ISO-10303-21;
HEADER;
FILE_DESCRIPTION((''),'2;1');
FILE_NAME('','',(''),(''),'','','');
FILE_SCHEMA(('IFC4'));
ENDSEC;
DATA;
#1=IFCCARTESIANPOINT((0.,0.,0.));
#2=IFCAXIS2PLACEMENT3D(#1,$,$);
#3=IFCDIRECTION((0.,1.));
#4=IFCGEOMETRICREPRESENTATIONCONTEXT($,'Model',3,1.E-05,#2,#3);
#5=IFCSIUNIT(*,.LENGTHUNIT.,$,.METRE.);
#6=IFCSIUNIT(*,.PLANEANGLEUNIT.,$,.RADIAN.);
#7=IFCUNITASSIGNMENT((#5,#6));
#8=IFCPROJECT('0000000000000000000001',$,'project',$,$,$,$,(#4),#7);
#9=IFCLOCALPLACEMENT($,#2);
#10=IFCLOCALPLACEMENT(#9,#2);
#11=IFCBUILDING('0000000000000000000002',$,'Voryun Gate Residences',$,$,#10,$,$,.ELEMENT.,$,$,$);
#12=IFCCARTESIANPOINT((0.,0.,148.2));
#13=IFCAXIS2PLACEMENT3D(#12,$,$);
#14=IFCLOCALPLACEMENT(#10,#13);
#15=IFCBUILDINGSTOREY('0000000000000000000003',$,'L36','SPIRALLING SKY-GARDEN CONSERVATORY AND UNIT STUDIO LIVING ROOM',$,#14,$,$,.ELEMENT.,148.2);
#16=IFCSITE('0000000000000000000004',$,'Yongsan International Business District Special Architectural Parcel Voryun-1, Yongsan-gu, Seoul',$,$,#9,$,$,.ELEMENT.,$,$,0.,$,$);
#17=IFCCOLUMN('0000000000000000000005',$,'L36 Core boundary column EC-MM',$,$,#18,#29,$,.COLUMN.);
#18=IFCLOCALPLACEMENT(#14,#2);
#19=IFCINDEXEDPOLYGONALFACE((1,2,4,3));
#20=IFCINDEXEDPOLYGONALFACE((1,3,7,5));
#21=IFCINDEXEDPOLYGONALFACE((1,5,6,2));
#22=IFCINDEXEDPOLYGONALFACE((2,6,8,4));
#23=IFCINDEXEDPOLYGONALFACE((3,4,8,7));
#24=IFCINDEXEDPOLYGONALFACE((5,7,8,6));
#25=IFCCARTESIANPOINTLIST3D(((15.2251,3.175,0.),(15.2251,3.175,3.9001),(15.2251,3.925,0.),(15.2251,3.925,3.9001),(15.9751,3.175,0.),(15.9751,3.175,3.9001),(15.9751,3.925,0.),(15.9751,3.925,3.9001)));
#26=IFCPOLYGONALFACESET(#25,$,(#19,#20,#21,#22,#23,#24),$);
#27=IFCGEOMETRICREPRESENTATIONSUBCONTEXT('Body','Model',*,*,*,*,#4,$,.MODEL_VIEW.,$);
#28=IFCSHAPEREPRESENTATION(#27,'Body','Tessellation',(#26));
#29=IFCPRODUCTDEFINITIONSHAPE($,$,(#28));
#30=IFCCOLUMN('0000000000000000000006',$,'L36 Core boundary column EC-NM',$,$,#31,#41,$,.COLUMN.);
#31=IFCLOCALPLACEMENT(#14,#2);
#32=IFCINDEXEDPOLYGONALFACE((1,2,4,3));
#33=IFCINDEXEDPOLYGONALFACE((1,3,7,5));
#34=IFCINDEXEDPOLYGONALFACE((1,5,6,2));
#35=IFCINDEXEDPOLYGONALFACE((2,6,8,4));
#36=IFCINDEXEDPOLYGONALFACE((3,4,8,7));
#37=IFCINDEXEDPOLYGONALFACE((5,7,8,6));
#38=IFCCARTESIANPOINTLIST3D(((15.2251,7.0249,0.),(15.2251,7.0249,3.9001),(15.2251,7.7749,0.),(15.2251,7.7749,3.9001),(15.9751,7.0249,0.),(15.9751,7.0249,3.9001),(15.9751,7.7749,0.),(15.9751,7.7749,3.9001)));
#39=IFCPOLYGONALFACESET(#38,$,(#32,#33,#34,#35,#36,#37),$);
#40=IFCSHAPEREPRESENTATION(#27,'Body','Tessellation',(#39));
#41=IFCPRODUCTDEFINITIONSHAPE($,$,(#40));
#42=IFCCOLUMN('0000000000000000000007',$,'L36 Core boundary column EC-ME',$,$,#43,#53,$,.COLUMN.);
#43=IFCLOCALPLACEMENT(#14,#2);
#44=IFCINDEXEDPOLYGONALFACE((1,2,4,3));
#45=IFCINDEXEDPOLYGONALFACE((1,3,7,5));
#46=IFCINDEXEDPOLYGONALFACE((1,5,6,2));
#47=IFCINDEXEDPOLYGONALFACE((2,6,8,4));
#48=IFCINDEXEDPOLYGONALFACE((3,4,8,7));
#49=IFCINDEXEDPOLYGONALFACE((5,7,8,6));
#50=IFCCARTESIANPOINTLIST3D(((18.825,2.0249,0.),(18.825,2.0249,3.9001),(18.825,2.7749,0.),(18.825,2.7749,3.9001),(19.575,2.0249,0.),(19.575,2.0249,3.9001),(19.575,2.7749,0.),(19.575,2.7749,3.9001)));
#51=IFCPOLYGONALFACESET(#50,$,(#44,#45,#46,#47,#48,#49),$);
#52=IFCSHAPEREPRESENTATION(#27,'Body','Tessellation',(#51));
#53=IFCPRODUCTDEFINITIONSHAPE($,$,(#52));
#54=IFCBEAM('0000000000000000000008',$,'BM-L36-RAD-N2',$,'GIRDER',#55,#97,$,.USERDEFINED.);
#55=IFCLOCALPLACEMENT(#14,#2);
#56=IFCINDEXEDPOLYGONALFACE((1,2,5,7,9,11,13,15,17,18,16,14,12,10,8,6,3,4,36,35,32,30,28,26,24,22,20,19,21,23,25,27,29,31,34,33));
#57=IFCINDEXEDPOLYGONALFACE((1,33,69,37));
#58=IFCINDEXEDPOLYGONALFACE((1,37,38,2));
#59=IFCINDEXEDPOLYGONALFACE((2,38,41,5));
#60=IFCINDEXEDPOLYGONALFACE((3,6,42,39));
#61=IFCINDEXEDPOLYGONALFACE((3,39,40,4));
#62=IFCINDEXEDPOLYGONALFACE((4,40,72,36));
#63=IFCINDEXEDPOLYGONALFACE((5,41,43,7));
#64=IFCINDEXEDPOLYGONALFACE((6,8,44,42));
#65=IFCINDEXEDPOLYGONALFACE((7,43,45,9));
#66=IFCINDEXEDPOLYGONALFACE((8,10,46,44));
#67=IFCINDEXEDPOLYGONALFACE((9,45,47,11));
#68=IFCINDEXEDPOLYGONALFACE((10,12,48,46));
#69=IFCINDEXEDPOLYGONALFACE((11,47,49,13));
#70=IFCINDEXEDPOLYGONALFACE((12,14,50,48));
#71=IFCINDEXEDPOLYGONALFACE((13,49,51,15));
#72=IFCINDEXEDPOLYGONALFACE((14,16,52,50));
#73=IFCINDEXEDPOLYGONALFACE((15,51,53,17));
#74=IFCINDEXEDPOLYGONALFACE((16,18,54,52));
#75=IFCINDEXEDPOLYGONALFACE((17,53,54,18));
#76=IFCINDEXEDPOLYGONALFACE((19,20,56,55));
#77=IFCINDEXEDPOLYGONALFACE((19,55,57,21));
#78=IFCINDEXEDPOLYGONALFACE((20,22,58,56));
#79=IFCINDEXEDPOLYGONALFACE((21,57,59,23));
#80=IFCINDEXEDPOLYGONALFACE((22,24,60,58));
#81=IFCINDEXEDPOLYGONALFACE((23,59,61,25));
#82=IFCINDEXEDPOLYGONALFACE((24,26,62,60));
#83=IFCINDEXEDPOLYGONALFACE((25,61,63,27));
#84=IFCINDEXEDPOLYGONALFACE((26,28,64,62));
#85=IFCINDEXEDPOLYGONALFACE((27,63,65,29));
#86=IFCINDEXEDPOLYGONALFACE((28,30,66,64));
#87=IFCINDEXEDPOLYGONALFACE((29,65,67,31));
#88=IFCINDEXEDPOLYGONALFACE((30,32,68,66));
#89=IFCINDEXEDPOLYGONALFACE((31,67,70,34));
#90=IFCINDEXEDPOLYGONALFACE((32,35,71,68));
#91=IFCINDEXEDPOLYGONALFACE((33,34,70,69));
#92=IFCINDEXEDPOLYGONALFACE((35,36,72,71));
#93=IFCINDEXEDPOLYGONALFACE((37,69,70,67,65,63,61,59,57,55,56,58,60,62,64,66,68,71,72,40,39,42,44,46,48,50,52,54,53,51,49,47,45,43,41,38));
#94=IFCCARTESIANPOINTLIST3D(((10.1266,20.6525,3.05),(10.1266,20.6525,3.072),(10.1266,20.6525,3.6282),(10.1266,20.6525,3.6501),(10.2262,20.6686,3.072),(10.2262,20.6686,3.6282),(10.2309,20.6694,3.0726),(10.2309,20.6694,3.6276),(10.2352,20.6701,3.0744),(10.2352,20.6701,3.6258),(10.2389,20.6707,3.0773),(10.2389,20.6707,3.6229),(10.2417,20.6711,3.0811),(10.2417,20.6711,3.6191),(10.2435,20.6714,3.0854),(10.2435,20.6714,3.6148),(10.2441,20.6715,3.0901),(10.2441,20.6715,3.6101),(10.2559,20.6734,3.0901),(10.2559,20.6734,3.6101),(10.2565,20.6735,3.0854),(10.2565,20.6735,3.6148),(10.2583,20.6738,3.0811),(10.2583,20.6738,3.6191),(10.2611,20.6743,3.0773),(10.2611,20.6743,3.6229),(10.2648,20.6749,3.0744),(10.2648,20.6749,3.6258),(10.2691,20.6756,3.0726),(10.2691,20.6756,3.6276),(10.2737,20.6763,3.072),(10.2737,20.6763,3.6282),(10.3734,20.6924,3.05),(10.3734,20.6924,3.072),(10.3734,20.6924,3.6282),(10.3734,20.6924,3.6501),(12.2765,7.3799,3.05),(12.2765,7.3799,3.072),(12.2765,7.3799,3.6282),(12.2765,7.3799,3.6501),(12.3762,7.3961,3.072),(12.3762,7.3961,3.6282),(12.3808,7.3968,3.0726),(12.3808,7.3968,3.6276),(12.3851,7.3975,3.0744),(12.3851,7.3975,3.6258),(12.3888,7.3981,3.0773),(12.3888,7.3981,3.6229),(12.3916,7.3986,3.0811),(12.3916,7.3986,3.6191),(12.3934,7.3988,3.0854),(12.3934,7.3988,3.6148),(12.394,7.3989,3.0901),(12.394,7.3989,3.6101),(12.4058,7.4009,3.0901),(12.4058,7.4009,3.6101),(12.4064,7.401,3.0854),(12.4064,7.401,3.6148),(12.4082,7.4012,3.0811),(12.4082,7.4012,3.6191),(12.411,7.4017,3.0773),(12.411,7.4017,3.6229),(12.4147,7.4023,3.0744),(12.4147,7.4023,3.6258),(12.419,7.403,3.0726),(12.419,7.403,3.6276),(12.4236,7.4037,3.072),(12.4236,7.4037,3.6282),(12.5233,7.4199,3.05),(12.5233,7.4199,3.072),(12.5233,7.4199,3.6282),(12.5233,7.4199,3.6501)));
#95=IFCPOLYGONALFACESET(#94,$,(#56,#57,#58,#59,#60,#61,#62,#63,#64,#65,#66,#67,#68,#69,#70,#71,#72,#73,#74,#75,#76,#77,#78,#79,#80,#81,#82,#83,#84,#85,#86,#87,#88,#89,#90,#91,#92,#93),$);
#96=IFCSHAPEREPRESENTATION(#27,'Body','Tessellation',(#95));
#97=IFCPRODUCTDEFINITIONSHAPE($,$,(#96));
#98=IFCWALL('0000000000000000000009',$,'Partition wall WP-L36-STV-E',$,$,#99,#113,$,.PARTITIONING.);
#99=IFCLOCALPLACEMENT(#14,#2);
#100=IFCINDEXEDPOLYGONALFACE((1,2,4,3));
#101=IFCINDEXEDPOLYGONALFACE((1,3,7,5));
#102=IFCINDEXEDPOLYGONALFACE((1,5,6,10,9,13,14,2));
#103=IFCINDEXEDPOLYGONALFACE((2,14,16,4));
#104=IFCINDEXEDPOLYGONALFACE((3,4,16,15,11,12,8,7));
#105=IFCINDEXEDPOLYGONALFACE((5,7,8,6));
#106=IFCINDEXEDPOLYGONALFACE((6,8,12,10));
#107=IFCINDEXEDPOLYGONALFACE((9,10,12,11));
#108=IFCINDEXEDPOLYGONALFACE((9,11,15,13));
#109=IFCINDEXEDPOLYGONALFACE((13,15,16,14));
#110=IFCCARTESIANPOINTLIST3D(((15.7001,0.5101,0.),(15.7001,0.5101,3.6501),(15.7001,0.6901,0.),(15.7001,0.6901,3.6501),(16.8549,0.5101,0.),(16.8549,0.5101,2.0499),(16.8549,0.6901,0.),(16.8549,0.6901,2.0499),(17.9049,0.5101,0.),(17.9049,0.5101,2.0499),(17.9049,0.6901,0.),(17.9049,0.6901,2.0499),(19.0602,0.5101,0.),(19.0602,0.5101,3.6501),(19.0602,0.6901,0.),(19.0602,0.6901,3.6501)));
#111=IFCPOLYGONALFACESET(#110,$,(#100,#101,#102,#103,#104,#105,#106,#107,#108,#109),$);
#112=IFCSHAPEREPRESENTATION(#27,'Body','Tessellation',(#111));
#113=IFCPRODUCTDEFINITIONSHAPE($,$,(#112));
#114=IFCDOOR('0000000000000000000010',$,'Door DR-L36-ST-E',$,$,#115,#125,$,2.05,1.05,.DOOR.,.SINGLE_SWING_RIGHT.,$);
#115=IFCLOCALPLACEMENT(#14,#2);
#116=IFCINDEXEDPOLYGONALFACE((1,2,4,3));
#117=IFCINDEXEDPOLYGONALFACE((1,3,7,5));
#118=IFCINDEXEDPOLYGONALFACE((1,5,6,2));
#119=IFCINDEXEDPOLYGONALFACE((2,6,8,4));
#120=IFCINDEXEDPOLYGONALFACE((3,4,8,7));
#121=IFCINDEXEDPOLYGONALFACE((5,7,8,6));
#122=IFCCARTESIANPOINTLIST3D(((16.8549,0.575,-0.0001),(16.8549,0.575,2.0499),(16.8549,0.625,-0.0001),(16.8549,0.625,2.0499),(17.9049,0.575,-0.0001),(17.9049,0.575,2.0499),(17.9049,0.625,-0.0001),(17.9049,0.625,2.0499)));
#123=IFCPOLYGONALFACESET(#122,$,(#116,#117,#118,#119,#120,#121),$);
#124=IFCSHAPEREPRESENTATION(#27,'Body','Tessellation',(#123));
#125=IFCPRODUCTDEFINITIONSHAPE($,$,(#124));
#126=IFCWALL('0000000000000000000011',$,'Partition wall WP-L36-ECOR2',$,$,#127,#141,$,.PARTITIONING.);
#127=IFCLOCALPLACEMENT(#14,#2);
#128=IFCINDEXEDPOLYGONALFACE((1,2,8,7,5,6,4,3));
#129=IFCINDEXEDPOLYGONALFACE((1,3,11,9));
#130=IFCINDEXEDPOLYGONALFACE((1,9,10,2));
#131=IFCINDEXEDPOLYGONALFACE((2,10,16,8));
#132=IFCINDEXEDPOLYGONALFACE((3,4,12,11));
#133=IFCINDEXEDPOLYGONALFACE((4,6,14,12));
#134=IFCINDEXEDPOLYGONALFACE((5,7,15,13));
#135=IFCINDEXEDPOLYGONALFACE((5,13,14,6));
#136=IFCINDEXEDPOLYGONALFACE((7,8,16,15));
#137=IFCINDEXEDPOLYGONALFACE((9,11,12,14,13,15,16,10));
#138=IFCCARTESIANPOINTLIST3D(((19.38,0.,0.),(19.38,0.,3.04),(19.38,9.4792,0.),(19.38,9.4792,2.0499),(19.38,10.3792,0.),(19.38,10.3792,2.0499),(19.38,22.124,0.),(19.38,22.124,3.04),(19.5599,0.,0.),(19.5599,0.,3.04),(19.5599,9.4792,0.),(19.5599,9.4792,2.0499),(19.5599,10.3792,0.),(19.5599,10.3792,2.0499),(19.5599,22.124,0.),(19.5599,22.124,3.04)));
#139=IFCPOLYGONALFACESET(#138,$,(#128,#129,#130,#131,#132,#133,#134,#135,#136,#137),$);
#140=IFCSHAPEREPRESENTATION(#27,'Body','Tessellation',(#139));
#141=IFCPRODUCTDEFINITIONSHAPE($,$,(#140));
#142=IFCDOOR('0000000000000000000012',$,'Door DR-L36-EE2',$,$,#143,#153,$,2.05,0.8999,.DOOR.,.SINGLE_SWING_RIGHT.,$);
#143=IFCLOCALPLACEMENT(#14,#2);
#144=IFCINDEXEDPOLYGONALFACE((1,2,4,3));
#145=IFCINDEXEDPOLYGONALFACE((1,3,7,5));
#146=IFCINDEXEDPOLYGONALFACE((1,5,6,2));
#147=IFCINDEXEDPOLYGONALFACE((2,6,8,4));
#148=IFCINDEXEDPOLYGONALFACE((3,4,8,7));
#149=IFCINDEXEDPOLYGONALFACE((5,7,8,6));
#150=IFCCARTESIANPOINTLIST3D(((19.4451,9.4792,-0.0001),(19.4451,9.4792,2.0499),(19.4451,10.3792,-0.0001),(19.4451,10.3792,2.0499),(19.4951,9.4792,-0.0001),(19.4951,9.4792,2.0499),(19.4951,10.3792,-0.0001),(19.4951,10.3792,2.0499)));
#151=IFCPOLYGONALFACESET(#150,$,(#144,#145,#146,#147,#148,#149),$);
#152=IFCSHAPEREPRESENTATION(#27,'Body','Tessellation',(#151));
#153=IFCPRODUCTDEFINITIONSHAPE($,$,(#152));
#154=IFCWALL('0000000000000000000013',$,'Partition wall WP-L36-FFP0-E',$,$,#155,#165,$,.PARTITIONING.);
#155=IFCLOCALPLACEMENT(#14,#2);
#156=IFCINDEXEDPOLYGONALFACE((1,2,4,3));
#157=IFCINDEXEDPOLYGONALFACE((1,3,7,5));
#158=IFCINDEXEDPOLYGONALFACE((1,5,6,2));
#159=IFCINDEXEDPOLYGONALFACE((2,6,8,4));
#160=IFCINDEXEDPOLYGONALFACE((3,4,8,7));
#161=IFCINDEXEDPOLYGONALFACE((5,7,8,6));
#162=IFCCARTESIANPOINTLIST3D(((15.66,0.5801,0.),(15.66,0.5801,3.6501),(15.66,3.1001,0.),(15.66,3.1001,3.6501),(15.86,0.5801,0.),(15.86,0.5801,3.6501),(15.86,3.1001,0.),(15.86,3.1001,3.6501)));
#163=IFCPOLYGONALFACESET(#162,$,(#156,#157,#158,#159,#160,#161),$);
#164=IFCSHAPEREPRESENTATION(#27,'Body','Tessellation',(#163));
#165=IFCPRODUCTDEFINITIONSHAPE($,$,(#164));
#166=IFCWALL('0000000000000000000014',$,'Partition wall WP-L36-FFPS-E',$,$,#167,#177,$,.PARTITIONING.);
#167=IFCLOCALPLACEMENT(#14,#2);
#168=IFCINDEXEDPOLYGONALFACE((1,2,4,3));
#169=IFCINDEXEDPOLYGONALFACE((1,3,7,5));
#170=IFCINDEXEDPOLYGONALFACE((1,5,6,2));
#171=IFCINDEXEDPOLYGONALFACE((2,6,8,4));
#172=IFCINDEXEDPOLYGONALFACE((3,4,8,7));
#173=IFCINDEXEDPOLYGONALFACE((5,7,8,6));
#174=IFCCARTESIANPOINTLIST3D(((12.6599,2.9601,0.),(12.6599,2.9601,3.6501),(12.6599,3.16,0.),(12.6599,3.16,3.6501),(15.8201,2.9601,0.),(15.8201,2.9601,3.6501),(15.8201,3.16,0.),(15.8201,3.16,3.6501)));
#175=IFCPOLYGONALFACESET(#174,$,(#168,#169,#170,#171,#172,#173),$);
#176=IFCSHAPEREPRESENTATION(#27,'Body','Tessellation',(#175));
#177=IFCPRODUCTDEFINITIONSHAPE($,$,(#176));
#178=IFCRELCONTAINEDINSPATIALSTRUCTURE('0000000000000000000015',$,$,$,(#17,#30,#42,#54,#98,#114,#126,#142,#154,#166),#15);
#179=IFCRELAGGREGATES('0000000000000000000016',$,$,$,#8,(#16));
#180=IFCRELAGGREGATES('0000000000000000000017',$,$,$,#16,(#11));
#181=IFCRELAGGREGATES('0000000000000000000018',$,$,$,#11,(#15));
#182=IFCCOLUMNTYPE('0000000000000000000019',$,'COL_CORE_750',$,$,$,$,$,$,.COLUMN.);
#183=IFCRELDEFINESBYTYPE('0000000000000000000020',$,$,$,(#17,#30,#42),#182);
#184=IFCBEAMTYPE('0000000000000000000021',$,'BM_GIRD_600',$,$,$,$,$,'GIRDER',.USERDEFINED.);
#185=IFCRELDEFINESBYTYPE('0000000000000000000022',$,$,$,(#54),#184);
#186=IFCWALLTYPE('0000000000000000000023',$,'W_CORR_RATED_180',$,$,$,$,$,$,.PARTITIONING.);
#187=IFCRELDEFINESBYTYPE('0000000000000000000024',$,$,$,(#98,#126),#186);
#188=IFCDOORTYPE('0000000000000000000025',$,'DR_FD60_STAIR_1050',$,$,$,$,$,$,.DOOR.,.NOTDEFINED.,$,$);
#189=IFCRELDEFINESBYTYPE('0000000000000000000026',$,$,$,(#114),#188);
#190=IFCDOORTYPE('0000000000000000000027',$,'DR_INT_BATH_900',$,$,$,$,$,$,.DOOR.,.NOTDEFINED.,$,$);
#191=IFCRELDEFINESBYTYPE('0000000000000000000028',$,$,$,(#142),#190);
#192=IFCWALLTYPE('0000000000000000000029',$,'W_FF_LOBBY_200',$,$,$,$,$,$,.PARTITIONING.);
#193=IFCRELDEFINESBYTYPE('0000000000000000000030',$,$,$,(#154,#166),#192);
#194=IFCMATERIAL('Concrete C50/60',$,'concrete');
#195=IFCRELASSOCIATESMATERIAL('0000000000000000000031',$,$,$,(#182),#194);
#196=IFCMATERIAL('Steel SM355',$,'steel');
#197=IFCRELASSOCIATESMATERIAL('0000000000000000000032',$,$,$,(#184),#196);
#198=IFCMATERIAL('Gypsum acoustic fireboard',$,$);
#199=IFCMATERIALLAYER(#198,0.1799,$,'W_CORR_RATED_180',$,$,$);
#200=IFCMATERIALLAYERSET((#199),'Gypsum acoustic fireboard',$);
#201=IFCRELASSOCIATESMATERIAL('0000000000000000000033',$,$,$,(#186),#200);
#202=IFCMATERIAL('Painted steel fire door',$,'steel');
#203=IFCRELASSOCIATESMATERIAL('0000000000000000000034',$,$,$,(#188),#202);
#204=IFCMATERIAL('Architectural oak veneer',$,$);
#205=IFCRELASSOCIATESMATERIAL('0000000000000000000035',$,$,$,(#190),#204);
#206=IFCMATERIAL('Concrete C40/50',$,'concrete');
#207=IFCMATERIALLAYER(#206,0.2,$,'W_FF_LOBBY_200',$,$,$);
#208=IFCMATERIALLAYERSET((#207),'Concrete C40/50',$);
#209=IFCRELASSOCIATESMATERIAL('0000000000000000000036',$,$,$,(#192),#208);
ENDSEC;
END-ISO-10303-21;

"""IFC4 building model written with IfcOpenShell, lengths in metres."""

from ifc_helpers import new_model, si_unit, direction, frame, frame_2d, origin, origin_2d, place, context, subcontext, project, spatial, rectangle, i_section, extrude, material, layer, layer_set, material_profile, profile_set, type_object, element, fill, save


model = new_model("IFC4")

# Units and contexts
model_context = context("Model", 3, precision=1e-05, world=origin(), true_north=direction((0.0, 1.0)))
body_context = subcontext(model_context, "Body", "Model", "MODEL_VIEW")
ifc_project = project(units=[si_unit("LENGTHUNIT", "METRE"), si_unit("PLANEANGLEUNIT", "RADIAN")], contexts=[model_context])

# Site, building, storey
site_placement = place(None, origin())
site = spatial("IfcSite", under=ifc_project, at=site_placement, Name="Yongsan International Business District Special Architectural Parcel Voryun-1, Yongsan-gu, Seoul", CompositionType="ELEMENT", RefElevation=0.0)
building_placement = place(site_placement, origin())
building = spatial("IfcBuilding", under=site, at=building_placement, Name="Voryun Gate Residences", CompositionType="ELEMENT")
storey_placement = place(building_placement, frame((0.0, 0.0, 148.2)))
storey = spatial("IfcBuildingStorey", under=building, at=storey_placement, Name="L36", Description="SPIRALLING SKY-GARDEN CONSERVATORY AND UNIT STUDIO LIVING ROOM", CompositionType="ELEMENT", Elevation=148.2)

# Columns
ifc_material_1 = material(Name="Concrete C50/60", Category="concrete")
ifc_material_profile_1 = material_profile(ifc_material_1, rectangle(XDim=0.75, YDim=0.75, at=origin_2d()), Name="RC-750x750")
ifc_profile_set_1 = profile_set([ifc_material_profile_1], Name="Concrete C50/60")
column_type = type_object("IfcColumnType", Name="COL_CORE_750", PredefinedType="COLUMN", material=ifc_profile_set_1)
for number, where, z_axis, x_axis, name in (
    (1, (15.6001, 3.55, 0.0), (0.0, 0.0, 1.0), (1.0, 0.0, 0.0), "L36 Core boundary column EC-MM"),
    (2, (15.6001, 7.3999, 0.0), (0.0, 0.0, 1.0), (1.0, 0.0, 0.0), "L36 Core boundary column EC-NM"),
    (3, (19.2, 2.3999, 0.0), (0.0, 0.0, 1.0), (1.0, 0.0, 0.0), "L36 Core boundary column EC-ME"),
):
    element("IfcColumn", number, at=place(storey_placement, frame(where, z_axis=z_axis, x_axis=x_axis)), inside=storey, type_object=column_type, Name=name, PredefinedType="COLUMN", context=body_context, shape_type="SweptSolid", body=[
        extrude(rectangle(XDim=0.75, YDim=0.75, at=origin_2d()), origin(), (0.0, 0.0, 1.0), 3.9001),
    ])

# Beam
ifc_material_2 = material(Name="Steel SM355", Category="steel")
ifc_material_profile_2 = material_profile(ifc_material_2, i_section(OverallWidth=0.25, OverallDepth=0.6001, WebThickness=0.012, FlangeThickness=0.022, FilletRadius=0.0181, at=origin_2d()), Name="H-600x250x12x22")
ifc_profile_set_2 = profile_set([ifc_material_profile_2], Name="Steel SM355")
beam_type = type_object("IfcBeamType", Name="BM_GIRD_600", ElementType="GIRDER", PredefinedType="USERDEFINED", material=ifc_profile_set_2)
beam_placement = place(storey_placement, frame((12.3999, 7.3999, 3.3501), z_axis=(-0.159898, 0.987134, 0.0), x_axis=(-0.987134, -0.159898, 0.0)))
element("IfcBeam", 4, at=beam_placement, inside=storey, type_object=beam_type, Name="BM-L36-RAD-N2", ObjectType="GIRDER", PredefinedType="USERDEFINED", context=body_context, shape_type="SweptSolid", body=[
    extrude(i_section(OverallWidth=0.25, OverallDepth=0.6001, WebThickness=0.012, FlangeThickness=0.022, FilletRadius=0.0181, at=origin_2d()), origin(), (0.0, 0.0, 1.0), 13.4456),
])

# Walls, openings, doors
ifc_material_3 = material(Name="Gypsum acoustic fireboard")
ifc_layer_1 = layer(ifc_material_3, 0.1799, Name="W_CORR_RATED_180")
ifc_layer_set_1 = layer_set([ifc_layer_1], Name="Gypsum acoustic fireboard")
wall_type_1 = type_object("IfcWallType", Name="W_CORR_RATED_180", PredefinedType="PARTITIONING", material=ifc_layer_set_1)
wall_1_placement = place(storey_placement, frame((15.7, 0.6001, 0.0), z_axis=(0.0, 0.0, 1.0), x_axis=(1.0, 0.0, 0.0)))
wall_1 = element("IfcWall", 5, at=wall_1_placement, inside=storey, type_object=wall_type_1, Name="Partition wall WP-L36-STV-E", PredefinedType="PARTITIONING", context=body_context, shape_type="SweptSolid", body=[
    extrude(rectangle(XDim=3.3601, YDim=0.1799, at=frame_2d((1.6802, 0.0))), origin(), (0.0, 0.0, 1.0), 3.6501),
])
opening_1_placement = place(wall_1_placement, frame((1.155, 0.0, 0.0)))
opening_1 = element("IfcOpeningElement", 6, at=opening_1_placement, cuts=wall_1, PredefinedType="OPENING", context=body_context, shape_type="SweptSolid", body=[
    extrude(rectangle(XDim=1.05, YDim=2.05, at=frame_2d((0.5249, 1.0249))), frame((0.0, 0.0999, 0.0), z_axis=(0.0, -1.0, 0.0), x_axis=(1.0, 0.0, 0.0)), (0.0, 0.0, 1.0), 0.2),
])
ifc_material_4 = material(Name="Painted steel fire door", Category="steel")
door_type_1 = type_object("IfcDoorType", Name="DR_FD60_STAIR_1050", OperationType="NOTDEFINED", PredefinedType="DOOR", material=ifc_material_4)
door_1_placement = place(opening_1_placement, origin())
door_1 = element("IfcDoor", 7, at=door_1_placement, inside=storey, type_object=door_type_1, Name="Door DR-L36-ST-E", OperationType="SINGLE_SWING_RIGHT", OverallHeight=2.05, OverallWidth=1.05, PredefinedType="DOOR", context=body_context, shape_type="SweptSolid", body=[
    extrude(rectangle(XDim=1.05, YDim=2.05, at=frame_2d((0.5249, 1.0249))), frame((0.0, 0.0249, 0.0), z_axis=(0.0, -1.0, 0.0), x_axis=(1.0, 0.0, 0.0)), (0.0, 0.0, 1.0), 0.05),
])
fill(opening_1, door_1)
wall_2_placement = place(storey_placement, frame((19.47, 0.0, 0.0), z_axis=(0.0, 0.0, 1.0), x_axis=(0.0, 1.0, 0.0)))
wall_2 = element("IfcWall", 8, at=wall_2_placement, inside=storey, type_object=wall_type_1, Name="Partition wall WP-L36-ECOR2", PredefinedType="PARTITIONING", context=body_context, shape_type="SweptSolid", body=[
    extrude(rectangle(XDim=22.124, YDim=0.1799, at=frame_2d((11.062, 0.0))), origin(), (0.0, 0.0, 1.0), 3.04),
])
opening_2_placement = place(wall_2_placement, frame((9.4792, 0.0, 0.0)))
opening_2 = element("IfcOpeningElement", 9, at=opening_2_placement, cuts=wall_2, PredefinedType="OPENING", context=body_context, shape_type="SweptSolid", body=[
    extrude(rectangle(XDim=0.8999, YDim=2.05, at=frame_2d((0.45, 1.0249))), frame((0.0, 0.0999, 0.0), z_axis=(0.0, -1.0, 0.0), x_axis=(1.0, 0.0, 0.0)), (0.0, 0.0, 1.0), 0.2),
])
ifc_material_5 = material(Name="Architectural oak veneer")
door_type_2 = type_object("IfcDoorType", Name="DR_INT_BATH_900", OperationType="NOTDEFINED", PredefinedType="DOOR", material=ifc_material_5)
door_2_placement = place(opening_2_placement, origin())
door_2 = element("IfcDoor", 10, at=door_2_placement, inside=storey, type_object=door_type_2, Name="Door DR-L36-EE2", OperationType="SINGLE_SWING_RIGHT", OverallHeight=2.05, OverallWidth=0.8999, PredefinedType="DOOR", context=body_context, shape_type="SweptSolid", body=[
    extrude(rectangle(XDim=0.8999, YDim=2.05, at=frame_2d((0.45, 1.0249))), frame((0.0, 0.0249, 0.0), z_axis=(0.0, -1.0, 0.0), x_axis=(1.0, 0.0, 0.0)), (0.0, 0.0, 1.0), 0.05),
])
fill(opening_2, door_2)

# Walls
ifc_material_6 = material(Name="Concrete C40/50", Category="concrete")
ifc_layer_2 = layer(ifc_material_6, 0.2, Name="W_FF_LOBBY_200")
ifc_layer_set_2 = layer_set([ifc_layer_2], Name="Concrete C40/50")
wall_type_2 = type_object("IfcWallType", Name="W_FF_LOBBY_200", PredefinedType="PARTITIONING", material=ifc_layer_set_2)
wall_3_placement = place(storey_placement, frame((15.76, 0.5801, 0.0), z_axis=(0.0, 0.0, 1.0), x_axis=(0.0, 1.0, 0.0)))
element("IfcWall", 11, at=wall_3_placement, inside=storey, type_object=wall_type_2, Name="Partition wall WP-L36-FFP0-E", PredefinedType="PARTITIONING", context=body_context, shape_type="SweptSolid", body=[
    extrude(rectangle(XDim=2.52, YDim=0.2, at=frame_2d((1.26, 0.0))), origin(), (0.0, 0.0, 1.0), 3.6501),
])
wall_4_placement = place(storey_placement, frame((12.6599, 3.0601, 0.0), z_axis=(0.0, 0.0, 1.0), x_axis=(1.0, 0.0, 0.0)))
element("IfcWall", 12, at=wall_4_placement, inside=storey, type_object=wall_type_2, Name="Partition wall WP-L36-FFPS-E", PredefinedType="PARTITIONING", context=body_context, shape_type="SweptSolid", body=[
    extrude(rectangle(XDim=3.1602, YDim=0.2, at=frame_2d((1.5801, 0.0))), origin(), (0.0, 0.0, 1.0), 3.6501),
])

save(model, "model.ifc")
